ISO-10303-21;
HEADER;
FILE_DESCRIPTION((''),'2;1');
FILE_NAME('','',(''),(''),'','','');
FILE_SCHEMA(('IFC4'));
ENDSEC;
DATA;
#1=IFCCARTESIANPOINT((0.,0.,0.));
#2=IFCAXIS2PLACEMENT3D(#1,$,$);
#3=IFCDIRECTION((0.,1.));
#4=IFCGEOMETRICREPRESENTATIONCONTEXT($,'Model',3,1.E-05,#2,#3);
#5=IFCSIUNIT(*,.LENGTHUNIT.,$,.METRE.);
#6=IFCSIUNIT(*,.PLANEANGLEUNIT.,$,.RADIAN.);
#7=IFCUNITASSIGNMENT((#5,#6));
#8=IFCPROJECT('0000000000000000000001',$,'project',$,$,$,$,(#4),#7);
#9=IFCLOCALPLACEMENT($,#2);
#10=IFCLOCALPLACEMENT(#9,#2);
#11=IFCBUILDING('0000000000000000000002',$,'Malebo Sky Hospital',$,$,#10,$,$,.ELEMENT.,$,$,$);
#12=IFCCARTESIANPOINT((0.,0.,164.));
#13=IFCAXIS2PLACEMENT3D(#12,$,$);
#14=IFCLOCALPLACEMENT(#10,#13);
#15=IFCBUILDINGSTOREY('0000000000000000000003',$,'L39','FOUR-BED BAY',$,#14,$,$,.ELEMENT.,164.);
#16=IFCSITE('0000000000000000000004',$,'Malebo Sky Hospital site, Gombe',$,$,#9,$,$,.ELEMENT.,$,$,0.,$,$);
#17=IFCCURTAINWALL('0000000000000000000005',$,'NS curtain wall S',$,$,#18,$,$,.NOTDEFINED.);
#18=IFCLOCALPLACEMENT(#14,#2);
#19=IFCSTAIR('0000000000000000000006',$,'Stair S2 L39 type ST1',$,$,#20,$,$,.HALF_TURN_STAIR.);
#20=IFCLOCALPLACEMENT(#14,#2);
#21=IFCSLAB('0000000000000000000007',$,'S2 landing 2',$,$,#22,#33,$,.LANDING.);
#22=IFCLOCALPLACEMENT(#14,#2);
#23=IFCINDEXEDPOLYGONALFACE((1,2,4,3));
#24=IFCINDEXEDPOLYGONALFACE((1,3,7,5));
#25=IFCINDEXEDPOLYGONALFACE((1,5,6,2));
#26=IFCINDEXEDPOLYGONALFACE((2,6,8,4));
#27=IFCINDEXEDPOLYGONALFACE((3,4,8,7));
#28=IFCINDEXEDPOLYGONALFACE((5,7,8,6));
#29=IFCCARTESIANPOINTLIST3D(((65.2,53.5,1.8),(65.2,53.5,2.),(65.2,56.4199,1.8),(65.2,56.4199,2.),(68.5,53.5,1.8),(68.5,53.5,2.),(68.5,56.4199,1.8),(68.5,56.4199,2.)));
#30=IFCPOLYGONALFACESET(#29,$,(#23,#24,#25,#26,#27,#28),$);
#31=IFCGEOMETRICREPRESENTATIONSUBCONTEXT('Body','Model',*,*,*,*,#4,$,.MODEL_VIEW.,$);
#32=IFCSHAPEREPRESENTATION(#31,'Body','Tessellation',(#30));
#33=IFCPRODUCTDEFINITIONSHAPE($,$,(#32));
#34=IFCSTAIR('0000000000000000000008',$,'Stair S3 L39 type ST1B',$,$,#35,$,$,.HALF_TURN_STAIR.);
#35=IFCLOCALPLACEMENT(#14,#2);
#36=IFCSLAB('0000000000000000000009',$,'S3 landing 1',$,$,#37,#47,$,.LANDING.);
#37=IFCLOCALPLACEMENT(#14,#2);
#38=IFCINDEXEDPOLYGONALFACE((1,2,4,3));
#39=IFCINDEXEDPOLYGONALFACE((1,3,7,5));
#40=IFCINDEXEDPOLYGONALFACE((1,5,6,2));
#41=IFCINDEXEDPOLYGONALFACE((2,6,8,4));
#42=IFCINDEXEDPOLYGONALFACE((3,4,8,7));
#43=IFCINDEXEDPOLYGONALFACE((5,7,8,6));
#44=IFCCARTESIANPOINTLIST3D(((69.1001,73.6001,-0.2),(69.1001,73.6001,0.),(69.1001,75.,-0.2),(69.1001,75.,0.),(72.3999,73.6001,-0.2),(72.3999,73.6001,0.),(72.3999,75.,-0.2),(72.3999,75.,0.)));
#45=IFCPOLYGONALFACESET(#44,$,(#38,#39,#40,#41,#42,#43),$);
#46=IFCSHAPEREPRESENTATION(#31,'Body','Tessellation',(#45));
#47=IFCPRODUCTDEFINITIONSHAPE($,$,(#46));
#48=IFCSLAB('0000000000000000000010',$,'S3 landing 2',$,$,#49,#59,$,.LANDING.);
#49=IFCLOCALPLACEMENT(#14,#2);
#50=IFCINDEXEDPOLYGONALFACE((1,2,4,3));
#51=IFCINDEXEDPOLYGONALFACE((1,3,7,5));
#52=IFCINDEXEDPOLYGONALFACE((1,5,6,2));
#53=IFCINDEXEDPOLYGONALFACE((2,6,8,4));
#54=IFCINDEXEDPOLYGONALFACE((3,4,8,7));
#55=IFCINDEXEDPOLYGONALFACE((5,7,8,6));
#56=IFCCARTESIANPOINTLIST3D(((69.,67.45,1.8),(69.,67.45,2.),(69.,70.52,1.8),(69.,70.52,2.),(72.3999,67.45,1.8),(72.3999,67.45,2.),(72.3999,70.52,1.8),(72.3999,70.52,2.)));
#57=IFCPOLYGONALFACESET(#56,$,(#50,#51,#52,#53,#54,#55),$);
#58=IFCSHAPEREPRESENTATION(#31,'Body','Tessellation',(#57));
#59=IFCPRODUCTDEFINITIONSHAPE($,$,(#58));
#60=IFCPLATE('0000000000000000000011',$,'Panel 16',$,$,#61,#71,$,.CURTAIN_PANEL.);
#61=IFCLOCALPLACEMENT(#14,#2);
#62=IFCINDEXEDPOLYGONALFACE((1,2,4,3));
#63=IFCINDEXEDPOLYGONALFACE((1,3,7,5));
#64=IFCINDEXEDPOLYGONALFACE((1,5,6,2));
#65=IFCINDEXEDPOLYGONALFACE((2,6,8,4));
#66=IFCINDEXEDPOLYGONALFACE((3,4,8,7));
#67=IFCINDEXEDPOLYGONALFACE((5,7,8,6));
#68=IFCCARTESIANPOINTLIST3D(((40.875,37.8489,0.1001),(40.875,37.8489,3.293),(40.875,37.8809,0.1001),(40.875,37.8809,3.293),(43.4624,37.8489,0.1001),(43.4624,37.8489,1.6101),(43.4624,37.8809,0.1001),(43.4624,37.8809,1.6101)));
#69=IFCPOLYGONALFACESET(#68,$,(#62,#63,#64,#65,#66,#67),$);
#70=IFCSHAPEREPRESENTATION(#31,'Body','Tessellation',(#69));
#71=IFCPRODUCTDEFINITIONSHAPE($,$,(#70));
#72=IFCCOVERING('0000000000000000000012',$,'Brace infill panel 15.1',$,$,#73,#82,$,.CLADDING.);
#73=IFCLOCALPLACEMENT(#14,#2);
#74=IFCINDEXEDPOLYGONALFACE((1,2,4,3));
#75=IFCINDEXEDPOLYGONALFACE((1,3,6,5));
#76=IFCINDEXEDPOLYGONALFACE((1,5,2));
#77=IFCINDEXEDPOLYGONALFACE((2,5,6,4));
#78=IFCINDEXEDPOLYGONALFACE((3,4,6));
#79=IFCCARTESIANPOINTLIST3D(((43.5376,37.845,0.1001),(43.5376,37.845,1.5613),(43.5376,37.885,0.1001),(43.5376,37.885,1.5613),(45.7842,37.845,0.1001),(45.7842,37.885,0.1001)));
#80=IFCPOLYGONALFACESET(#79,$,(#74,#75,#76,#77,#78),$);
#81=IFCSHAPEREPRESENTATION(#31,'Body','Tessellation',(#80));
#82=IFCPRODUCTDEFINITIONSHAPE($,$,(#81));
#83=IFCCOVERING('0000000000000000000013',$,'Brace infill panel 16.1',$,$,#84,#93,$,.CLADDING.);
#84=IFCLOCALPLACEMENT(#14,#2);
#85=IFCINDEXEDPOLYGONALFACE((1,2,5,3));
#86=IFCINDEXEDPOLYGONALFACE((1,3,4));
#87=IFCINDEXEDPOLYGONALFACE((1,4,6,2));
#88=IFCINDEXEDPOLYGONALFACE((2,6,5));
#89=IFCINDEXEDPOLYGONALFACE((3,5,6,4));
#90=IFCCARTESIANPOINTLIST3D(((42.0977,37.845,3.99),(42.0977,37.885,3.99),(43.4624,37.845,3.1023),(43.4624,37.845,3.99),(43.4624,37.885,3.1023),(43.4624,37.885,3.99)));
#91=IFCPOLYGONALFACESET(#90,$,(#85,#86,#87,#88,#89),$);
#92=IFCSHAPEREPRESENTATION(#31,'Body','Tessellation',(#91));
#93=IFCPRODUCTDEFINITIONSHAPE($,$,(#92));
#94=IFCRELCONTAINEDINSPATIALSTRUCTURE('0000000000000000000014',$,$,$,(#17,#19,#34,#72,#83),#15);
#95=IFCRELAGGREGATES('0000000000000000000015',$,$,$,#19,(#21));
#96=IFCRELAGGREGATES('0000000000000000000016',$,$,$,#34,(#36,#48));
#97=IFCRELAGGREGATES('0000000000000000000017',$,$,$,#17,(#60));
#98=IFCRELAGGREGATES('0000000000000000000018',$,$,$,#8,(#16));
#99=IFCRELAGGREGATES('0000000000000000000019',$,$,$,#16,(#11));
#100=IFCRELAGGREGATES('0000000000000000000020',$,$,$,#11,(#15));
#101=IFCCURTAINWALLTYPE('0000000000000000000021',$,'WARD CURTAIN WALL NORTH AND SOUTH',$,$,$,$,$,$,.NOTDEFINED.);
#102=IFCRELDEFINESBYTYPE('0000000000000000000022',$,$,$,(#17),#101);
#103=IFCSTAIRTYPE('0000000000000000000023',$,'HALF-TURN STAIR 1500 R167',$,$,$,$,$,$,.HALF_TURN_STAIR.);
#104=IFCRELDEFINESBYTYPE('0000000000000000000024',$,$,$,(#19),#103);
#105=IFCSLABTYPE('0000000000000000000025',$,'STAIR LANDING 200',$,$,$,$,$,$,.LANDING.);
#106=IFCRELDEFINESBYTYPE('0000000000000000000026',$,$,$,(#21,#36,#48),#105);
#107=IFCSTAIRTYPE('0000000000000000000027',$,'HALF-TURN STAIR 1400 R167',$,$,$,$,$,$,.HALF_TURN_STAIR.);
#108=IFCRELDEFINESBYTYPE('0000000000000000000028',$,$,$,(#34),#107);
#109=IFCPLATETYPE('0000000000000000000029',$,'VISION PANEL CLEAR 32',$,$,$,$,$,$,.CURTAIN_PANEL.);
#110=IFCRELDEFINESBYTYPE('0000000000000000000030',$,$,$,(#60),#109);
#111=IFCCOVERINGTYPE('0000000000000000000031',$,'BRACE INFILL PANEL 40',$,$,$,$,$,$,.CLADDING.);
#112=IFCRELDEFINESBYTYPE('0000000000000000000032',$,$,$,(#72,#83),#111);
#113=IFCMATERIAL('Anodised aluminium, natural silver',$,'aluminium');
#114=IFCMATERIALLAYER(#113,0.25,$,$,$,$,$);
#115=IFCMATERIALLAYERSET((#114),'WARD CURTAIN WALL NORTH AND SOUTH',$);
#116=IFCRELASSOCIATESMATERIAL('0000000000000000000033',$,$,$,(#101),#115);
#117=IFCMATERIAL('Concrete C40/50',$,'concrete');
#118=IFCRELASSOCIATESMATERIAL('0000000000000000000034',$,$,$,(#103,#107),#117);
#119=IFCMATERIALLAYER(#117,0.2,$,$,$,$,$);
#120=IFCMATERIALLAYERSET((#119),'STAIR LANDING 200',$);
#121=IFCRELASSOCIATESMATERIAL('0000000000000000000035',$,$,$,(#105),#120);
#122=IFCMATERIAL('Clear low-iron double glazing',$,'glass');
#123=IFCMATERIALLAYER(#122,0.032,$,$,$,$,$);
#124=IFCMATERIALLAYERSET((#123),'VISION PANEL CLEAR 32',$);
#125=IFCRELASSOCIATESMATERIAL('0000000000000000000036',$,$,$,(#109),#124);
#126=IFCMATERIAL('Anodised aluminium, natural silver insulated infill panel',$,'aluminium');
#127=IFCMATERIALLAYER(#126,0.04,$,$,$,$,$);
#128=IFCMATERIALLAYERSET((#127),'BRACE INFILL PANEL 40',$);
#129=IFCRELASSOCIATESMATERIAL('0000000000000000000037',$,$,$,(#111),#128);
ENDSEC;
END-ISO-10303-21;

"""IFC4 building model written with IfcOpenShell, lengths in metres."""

from ifc_helpers import new_model, si_unit, direction, frame, origin, place, context, subcontext, project, spatial, polyline, outline, extrude, material, layer, layer_set, type_object, element, aggregate, save


model = new_model("IFC4")

# Units and contexts
model_context = context("Model", 3, precision=1e-05, world=origin(), true_north=direction((0.0, 1.0)))
body_context = subcontext(model_context, "Body", "Model", "MODEL_VIEW")
ifc_project = project(units=[si_unit("LENGTHUNIT", "METRE"), si_unit("PLANEANGLEUNIT", "RADIAN")], contexts=[model_context])

# Site, building, storey
site_placement = place(None, origin())
site = spatial("IfcSite", under=ifc_project, at=site_placement, Name="Malebo Sky Hospital site, Gombe", CompositionType="ELEMENT", RefElevation=0.0)
building_placement = place(site_placement, origin())
building = spatial("IfcBuilding", under=site, at=building_placement, Name="Malebo Sky Hospital", CompositionType="ELEMENT")
storey_placement = place(building_placement, frame((0.0, 0.0, 164.0)))
storey = spatial("IfcBuildingStorey", under=building, at=storey_placement, Name="L39", Description="FOUR-BED BAY", CompositionType="ELEMENT", Elevation=164.0)

# Curtain wall
ifc_material_1 = material(Name="Anodised aluminium, natural silver", Category="aluminium")
ifc_layer_1 = layer(ifc_material_1, 0.25)
ifc_layer_set_1 = layer_set([ifc_layer_1], Name="WARD CURTAIN WALL NORTH AND SOUTH")
curtain_wall_type = type_object("IfcCurtainWallType", Name="WARD CURTAIN WALL NORTH AND SOUTH", PredefinedType="NOTDEFINED", material=ifc_layer_set_1)
curtain_wall_placement = place(storey_placement, origin())
curtain_wall = element("IfcCurtainWall", 1, at=curtain_wall_placement, inside=storey, type_object=curtain_wall_type, Name="NS curtain wall S", PredefinedType="NOTDEFINED")

# Shared definitions
ifc_material_2 = material(Name="Concrete C40/50", Category="concrete")

# Stairs, slabs
stair_type_1 = type_object("IfcStairType", Name="HALF-TURN STAIR 1500 R167", PredefinedType="HALF_TURN_STAIR", material=ifc_material_2)
ifc_layer_2 = layer(ifc_material_2, 0.2)
ifc_layer_set_2 = layer_set([ifc_layer_2], Name="STAIR LANDING 200")
slab_type_1 = type_object("IfcSlabType", Name="STAIR LANDING 200", PredefinedType="LANDING", material=ifc_layer_set_2)
stair_1_placement = place(storey_placement, origin())
stair_1 = element("IfcStair", 2, at=stair_1_placement, inside=storey, type_object=stair_type_1, Name="Stair S2 L39 type ST1", PredefinedType="HALF_TURN_STAIR")
slab_1_placement = place(storey_placement, frame((0.0, 0.0, 1.8)))
slab_1 = element("IfcSlab", 3, at=slab_1_placement, type_object=slab_type_1, Name="S2 landing 2", PredefinedType="LANDING", context=body_context, shape_type="SweptSolid", body=[
    extrude(outline(polyline([(65.2, 53.5), (68.5, 53.5), (68.5, 56.4199), (65.2, 56.4199), (65.2, 53.5)])), origin(), (0.0, 0.0, 1.0), 0.2),
])
aggregate(stair_1, [slab_1])
stair_type_2 = type_object("IfcStairType", Name="HALF-TURN STAIR 1400 R167", PredefinedType="HALF_TURN_STAIR", material=ifc_material_2)
stair_2_placement = place(storey_placement, origin())
stair_2 = element("IfcStair", 4, at=stair_2_placement, inside=storey, type_object=stair_type_2, Name="Stair S3 L39 type ST1B", PredefinedType="HALF_TURN_STAIR")
slab_2_placement = place(storey_placement, frame((0.0, 0.0, -0.2)))
slab_2 = element("IfcSlab", 5, at=slab_2_placement, type_object=slab_type_1, Name="S3 landing 1", PredefinedType="LANDING", context=body_context, shape_type="SweptSolid", body=[
    extrude(outline(polyline([(69.1001, 73.6001), (72.3999, 73.6001), (72.3999, 75.0), (69.1001, 75.0), (69.1001, 73.6001)])), origin(), (0.0, 0.0, 1.0), 0.2),
])
slab_3_placement = place(storey_placement, frame((0.0, 0.0, 1.8)))
slab_3 = element("IfcSlab", 6, at=slab_3_placement, type_object=slab_type_1, Name="S3 landing 2", PredefinedType="LANDING", context=body_context, shape_type="SweptSolid", body=[
    extrude(outline(polyline([(69.0, 67.45), (72.3999, 67.45), (72.3999, 70.52), (69.0, 70.52), (69.0, 67.45)])), origin(), (0.0, 0.0, 1.0), 0.2),
])
aggregate(stair_2, [slab_2, slab_3])

# Plate
ifc_material_3 = material(Name="Clear low-iron double glazing", Category="glass")
ifc_layer_3 = layer(ifc_material_3, 0.032)
ifc_layer_set_3 = layer_set([ifc_layer_3], Name="VISION PANEL CLEAR 32")
plate_type = type_object("IfcPlateType", Name="VISION PANEL CLEAR 32", PredefinedType="CURTAIN_PANEL", material=ifc_layer_set_3)
plate_placement = place(storey_placement, frame((42.1687, 37.865, 0.1001), z_axis=(0.0, 0.0, 1.0), x_axis=(-1.0, 0.0, 0.0)))
plate = element("IfcPlate", 7, at=plate_placement, type_object=plate_type, Name="Panel 16", PredefinedType="CURTAIN_PANEL", context=body_context, shape_type="SweptSolid", body=[
    extrude(outline(polyline([(-1.2937, 0.0), (1.2937, 0.0), (1.2937, 3.1929), (-1.2937, 1.51), (-1.2937, 0.0)])), frame((0.0, 0.0161, 0.0), z_axis=(0.0, -1.0, 0.0), x_axis=(1.0, 0.0, 0.0)), (0.0, 0.0, 1.0), 0.032),
])
aggregate(curtain_wall, [plate])

# Coverings
ifc_material_4 = material(Name="Anodised aluminium, natural silver insulated infill panel", Category="aluminium")
ifc_layer_4 = layer(ifc_material_4, 0.04)
ifc_layer_set_4 = layer_set([ifc_layer_4], Name="BRACE INFILL PANEL 40")
covering_type = type_object("IfcCoveringType", Name="BRACE INFILL PANEL 40", PredefinedType="CLADDING", material=ifc_layer_set_4)
covering_1_placement = place(storey_placement, frame((44.6609, 37.865, 0.1001), z_axis=(0.0, 0.0, 1.0), x_axis=(-1.0, 0.0, 0.0)))
element("IfcCovering", 8, at=covering_1_placement, inside=storey, type_object=covering_type, Name="Brace infill panel 15.1", PredefinedType="CLADDING", context=body_context, shape_type="SweptSolid", body=[
    extrude(outline(polyline([(-1.1233, 0.0), (1.1233, 0.0), (1.1233, 1.4612), (-1.1233, 0.0)])), frame((0.0, 0.02, 0.0), z_axis=(0.0, -1.0, 0.0), x_axis=(1.0, 0.0, 0.0)), (0.0, 0.0, 1.0), 0.04),
])
covering_2_placement = place(storey_placement, frame((42.78, 37.865, 3.1023), z_axis=(0.0, 0.0, 1.0), x_axis=(-1.0, 0.0, 0.0)))
element("IfcCovering", 9, at=covering_2_placement, inside=storey, type_object=covering_type, Name="Brace infill panel 16.1", PredefinedType="CLADDING", context=body_context, shape_type="SweptSolid", body=[
    extrude(outline(polyline([(-0.6824, 0.0), (0.6824, 0.8877), (-0.6824, 0.8877), (-0.6824, 0.0)])), frame((0.0, 0.02, 0.0), z_axis=(0.0, -1.0, 0.0), x_axis=(1.0, 0.0, 0.0)), (0.0, 0.0, 1.0), 0.04),
])

save(model, "model.ifc")
